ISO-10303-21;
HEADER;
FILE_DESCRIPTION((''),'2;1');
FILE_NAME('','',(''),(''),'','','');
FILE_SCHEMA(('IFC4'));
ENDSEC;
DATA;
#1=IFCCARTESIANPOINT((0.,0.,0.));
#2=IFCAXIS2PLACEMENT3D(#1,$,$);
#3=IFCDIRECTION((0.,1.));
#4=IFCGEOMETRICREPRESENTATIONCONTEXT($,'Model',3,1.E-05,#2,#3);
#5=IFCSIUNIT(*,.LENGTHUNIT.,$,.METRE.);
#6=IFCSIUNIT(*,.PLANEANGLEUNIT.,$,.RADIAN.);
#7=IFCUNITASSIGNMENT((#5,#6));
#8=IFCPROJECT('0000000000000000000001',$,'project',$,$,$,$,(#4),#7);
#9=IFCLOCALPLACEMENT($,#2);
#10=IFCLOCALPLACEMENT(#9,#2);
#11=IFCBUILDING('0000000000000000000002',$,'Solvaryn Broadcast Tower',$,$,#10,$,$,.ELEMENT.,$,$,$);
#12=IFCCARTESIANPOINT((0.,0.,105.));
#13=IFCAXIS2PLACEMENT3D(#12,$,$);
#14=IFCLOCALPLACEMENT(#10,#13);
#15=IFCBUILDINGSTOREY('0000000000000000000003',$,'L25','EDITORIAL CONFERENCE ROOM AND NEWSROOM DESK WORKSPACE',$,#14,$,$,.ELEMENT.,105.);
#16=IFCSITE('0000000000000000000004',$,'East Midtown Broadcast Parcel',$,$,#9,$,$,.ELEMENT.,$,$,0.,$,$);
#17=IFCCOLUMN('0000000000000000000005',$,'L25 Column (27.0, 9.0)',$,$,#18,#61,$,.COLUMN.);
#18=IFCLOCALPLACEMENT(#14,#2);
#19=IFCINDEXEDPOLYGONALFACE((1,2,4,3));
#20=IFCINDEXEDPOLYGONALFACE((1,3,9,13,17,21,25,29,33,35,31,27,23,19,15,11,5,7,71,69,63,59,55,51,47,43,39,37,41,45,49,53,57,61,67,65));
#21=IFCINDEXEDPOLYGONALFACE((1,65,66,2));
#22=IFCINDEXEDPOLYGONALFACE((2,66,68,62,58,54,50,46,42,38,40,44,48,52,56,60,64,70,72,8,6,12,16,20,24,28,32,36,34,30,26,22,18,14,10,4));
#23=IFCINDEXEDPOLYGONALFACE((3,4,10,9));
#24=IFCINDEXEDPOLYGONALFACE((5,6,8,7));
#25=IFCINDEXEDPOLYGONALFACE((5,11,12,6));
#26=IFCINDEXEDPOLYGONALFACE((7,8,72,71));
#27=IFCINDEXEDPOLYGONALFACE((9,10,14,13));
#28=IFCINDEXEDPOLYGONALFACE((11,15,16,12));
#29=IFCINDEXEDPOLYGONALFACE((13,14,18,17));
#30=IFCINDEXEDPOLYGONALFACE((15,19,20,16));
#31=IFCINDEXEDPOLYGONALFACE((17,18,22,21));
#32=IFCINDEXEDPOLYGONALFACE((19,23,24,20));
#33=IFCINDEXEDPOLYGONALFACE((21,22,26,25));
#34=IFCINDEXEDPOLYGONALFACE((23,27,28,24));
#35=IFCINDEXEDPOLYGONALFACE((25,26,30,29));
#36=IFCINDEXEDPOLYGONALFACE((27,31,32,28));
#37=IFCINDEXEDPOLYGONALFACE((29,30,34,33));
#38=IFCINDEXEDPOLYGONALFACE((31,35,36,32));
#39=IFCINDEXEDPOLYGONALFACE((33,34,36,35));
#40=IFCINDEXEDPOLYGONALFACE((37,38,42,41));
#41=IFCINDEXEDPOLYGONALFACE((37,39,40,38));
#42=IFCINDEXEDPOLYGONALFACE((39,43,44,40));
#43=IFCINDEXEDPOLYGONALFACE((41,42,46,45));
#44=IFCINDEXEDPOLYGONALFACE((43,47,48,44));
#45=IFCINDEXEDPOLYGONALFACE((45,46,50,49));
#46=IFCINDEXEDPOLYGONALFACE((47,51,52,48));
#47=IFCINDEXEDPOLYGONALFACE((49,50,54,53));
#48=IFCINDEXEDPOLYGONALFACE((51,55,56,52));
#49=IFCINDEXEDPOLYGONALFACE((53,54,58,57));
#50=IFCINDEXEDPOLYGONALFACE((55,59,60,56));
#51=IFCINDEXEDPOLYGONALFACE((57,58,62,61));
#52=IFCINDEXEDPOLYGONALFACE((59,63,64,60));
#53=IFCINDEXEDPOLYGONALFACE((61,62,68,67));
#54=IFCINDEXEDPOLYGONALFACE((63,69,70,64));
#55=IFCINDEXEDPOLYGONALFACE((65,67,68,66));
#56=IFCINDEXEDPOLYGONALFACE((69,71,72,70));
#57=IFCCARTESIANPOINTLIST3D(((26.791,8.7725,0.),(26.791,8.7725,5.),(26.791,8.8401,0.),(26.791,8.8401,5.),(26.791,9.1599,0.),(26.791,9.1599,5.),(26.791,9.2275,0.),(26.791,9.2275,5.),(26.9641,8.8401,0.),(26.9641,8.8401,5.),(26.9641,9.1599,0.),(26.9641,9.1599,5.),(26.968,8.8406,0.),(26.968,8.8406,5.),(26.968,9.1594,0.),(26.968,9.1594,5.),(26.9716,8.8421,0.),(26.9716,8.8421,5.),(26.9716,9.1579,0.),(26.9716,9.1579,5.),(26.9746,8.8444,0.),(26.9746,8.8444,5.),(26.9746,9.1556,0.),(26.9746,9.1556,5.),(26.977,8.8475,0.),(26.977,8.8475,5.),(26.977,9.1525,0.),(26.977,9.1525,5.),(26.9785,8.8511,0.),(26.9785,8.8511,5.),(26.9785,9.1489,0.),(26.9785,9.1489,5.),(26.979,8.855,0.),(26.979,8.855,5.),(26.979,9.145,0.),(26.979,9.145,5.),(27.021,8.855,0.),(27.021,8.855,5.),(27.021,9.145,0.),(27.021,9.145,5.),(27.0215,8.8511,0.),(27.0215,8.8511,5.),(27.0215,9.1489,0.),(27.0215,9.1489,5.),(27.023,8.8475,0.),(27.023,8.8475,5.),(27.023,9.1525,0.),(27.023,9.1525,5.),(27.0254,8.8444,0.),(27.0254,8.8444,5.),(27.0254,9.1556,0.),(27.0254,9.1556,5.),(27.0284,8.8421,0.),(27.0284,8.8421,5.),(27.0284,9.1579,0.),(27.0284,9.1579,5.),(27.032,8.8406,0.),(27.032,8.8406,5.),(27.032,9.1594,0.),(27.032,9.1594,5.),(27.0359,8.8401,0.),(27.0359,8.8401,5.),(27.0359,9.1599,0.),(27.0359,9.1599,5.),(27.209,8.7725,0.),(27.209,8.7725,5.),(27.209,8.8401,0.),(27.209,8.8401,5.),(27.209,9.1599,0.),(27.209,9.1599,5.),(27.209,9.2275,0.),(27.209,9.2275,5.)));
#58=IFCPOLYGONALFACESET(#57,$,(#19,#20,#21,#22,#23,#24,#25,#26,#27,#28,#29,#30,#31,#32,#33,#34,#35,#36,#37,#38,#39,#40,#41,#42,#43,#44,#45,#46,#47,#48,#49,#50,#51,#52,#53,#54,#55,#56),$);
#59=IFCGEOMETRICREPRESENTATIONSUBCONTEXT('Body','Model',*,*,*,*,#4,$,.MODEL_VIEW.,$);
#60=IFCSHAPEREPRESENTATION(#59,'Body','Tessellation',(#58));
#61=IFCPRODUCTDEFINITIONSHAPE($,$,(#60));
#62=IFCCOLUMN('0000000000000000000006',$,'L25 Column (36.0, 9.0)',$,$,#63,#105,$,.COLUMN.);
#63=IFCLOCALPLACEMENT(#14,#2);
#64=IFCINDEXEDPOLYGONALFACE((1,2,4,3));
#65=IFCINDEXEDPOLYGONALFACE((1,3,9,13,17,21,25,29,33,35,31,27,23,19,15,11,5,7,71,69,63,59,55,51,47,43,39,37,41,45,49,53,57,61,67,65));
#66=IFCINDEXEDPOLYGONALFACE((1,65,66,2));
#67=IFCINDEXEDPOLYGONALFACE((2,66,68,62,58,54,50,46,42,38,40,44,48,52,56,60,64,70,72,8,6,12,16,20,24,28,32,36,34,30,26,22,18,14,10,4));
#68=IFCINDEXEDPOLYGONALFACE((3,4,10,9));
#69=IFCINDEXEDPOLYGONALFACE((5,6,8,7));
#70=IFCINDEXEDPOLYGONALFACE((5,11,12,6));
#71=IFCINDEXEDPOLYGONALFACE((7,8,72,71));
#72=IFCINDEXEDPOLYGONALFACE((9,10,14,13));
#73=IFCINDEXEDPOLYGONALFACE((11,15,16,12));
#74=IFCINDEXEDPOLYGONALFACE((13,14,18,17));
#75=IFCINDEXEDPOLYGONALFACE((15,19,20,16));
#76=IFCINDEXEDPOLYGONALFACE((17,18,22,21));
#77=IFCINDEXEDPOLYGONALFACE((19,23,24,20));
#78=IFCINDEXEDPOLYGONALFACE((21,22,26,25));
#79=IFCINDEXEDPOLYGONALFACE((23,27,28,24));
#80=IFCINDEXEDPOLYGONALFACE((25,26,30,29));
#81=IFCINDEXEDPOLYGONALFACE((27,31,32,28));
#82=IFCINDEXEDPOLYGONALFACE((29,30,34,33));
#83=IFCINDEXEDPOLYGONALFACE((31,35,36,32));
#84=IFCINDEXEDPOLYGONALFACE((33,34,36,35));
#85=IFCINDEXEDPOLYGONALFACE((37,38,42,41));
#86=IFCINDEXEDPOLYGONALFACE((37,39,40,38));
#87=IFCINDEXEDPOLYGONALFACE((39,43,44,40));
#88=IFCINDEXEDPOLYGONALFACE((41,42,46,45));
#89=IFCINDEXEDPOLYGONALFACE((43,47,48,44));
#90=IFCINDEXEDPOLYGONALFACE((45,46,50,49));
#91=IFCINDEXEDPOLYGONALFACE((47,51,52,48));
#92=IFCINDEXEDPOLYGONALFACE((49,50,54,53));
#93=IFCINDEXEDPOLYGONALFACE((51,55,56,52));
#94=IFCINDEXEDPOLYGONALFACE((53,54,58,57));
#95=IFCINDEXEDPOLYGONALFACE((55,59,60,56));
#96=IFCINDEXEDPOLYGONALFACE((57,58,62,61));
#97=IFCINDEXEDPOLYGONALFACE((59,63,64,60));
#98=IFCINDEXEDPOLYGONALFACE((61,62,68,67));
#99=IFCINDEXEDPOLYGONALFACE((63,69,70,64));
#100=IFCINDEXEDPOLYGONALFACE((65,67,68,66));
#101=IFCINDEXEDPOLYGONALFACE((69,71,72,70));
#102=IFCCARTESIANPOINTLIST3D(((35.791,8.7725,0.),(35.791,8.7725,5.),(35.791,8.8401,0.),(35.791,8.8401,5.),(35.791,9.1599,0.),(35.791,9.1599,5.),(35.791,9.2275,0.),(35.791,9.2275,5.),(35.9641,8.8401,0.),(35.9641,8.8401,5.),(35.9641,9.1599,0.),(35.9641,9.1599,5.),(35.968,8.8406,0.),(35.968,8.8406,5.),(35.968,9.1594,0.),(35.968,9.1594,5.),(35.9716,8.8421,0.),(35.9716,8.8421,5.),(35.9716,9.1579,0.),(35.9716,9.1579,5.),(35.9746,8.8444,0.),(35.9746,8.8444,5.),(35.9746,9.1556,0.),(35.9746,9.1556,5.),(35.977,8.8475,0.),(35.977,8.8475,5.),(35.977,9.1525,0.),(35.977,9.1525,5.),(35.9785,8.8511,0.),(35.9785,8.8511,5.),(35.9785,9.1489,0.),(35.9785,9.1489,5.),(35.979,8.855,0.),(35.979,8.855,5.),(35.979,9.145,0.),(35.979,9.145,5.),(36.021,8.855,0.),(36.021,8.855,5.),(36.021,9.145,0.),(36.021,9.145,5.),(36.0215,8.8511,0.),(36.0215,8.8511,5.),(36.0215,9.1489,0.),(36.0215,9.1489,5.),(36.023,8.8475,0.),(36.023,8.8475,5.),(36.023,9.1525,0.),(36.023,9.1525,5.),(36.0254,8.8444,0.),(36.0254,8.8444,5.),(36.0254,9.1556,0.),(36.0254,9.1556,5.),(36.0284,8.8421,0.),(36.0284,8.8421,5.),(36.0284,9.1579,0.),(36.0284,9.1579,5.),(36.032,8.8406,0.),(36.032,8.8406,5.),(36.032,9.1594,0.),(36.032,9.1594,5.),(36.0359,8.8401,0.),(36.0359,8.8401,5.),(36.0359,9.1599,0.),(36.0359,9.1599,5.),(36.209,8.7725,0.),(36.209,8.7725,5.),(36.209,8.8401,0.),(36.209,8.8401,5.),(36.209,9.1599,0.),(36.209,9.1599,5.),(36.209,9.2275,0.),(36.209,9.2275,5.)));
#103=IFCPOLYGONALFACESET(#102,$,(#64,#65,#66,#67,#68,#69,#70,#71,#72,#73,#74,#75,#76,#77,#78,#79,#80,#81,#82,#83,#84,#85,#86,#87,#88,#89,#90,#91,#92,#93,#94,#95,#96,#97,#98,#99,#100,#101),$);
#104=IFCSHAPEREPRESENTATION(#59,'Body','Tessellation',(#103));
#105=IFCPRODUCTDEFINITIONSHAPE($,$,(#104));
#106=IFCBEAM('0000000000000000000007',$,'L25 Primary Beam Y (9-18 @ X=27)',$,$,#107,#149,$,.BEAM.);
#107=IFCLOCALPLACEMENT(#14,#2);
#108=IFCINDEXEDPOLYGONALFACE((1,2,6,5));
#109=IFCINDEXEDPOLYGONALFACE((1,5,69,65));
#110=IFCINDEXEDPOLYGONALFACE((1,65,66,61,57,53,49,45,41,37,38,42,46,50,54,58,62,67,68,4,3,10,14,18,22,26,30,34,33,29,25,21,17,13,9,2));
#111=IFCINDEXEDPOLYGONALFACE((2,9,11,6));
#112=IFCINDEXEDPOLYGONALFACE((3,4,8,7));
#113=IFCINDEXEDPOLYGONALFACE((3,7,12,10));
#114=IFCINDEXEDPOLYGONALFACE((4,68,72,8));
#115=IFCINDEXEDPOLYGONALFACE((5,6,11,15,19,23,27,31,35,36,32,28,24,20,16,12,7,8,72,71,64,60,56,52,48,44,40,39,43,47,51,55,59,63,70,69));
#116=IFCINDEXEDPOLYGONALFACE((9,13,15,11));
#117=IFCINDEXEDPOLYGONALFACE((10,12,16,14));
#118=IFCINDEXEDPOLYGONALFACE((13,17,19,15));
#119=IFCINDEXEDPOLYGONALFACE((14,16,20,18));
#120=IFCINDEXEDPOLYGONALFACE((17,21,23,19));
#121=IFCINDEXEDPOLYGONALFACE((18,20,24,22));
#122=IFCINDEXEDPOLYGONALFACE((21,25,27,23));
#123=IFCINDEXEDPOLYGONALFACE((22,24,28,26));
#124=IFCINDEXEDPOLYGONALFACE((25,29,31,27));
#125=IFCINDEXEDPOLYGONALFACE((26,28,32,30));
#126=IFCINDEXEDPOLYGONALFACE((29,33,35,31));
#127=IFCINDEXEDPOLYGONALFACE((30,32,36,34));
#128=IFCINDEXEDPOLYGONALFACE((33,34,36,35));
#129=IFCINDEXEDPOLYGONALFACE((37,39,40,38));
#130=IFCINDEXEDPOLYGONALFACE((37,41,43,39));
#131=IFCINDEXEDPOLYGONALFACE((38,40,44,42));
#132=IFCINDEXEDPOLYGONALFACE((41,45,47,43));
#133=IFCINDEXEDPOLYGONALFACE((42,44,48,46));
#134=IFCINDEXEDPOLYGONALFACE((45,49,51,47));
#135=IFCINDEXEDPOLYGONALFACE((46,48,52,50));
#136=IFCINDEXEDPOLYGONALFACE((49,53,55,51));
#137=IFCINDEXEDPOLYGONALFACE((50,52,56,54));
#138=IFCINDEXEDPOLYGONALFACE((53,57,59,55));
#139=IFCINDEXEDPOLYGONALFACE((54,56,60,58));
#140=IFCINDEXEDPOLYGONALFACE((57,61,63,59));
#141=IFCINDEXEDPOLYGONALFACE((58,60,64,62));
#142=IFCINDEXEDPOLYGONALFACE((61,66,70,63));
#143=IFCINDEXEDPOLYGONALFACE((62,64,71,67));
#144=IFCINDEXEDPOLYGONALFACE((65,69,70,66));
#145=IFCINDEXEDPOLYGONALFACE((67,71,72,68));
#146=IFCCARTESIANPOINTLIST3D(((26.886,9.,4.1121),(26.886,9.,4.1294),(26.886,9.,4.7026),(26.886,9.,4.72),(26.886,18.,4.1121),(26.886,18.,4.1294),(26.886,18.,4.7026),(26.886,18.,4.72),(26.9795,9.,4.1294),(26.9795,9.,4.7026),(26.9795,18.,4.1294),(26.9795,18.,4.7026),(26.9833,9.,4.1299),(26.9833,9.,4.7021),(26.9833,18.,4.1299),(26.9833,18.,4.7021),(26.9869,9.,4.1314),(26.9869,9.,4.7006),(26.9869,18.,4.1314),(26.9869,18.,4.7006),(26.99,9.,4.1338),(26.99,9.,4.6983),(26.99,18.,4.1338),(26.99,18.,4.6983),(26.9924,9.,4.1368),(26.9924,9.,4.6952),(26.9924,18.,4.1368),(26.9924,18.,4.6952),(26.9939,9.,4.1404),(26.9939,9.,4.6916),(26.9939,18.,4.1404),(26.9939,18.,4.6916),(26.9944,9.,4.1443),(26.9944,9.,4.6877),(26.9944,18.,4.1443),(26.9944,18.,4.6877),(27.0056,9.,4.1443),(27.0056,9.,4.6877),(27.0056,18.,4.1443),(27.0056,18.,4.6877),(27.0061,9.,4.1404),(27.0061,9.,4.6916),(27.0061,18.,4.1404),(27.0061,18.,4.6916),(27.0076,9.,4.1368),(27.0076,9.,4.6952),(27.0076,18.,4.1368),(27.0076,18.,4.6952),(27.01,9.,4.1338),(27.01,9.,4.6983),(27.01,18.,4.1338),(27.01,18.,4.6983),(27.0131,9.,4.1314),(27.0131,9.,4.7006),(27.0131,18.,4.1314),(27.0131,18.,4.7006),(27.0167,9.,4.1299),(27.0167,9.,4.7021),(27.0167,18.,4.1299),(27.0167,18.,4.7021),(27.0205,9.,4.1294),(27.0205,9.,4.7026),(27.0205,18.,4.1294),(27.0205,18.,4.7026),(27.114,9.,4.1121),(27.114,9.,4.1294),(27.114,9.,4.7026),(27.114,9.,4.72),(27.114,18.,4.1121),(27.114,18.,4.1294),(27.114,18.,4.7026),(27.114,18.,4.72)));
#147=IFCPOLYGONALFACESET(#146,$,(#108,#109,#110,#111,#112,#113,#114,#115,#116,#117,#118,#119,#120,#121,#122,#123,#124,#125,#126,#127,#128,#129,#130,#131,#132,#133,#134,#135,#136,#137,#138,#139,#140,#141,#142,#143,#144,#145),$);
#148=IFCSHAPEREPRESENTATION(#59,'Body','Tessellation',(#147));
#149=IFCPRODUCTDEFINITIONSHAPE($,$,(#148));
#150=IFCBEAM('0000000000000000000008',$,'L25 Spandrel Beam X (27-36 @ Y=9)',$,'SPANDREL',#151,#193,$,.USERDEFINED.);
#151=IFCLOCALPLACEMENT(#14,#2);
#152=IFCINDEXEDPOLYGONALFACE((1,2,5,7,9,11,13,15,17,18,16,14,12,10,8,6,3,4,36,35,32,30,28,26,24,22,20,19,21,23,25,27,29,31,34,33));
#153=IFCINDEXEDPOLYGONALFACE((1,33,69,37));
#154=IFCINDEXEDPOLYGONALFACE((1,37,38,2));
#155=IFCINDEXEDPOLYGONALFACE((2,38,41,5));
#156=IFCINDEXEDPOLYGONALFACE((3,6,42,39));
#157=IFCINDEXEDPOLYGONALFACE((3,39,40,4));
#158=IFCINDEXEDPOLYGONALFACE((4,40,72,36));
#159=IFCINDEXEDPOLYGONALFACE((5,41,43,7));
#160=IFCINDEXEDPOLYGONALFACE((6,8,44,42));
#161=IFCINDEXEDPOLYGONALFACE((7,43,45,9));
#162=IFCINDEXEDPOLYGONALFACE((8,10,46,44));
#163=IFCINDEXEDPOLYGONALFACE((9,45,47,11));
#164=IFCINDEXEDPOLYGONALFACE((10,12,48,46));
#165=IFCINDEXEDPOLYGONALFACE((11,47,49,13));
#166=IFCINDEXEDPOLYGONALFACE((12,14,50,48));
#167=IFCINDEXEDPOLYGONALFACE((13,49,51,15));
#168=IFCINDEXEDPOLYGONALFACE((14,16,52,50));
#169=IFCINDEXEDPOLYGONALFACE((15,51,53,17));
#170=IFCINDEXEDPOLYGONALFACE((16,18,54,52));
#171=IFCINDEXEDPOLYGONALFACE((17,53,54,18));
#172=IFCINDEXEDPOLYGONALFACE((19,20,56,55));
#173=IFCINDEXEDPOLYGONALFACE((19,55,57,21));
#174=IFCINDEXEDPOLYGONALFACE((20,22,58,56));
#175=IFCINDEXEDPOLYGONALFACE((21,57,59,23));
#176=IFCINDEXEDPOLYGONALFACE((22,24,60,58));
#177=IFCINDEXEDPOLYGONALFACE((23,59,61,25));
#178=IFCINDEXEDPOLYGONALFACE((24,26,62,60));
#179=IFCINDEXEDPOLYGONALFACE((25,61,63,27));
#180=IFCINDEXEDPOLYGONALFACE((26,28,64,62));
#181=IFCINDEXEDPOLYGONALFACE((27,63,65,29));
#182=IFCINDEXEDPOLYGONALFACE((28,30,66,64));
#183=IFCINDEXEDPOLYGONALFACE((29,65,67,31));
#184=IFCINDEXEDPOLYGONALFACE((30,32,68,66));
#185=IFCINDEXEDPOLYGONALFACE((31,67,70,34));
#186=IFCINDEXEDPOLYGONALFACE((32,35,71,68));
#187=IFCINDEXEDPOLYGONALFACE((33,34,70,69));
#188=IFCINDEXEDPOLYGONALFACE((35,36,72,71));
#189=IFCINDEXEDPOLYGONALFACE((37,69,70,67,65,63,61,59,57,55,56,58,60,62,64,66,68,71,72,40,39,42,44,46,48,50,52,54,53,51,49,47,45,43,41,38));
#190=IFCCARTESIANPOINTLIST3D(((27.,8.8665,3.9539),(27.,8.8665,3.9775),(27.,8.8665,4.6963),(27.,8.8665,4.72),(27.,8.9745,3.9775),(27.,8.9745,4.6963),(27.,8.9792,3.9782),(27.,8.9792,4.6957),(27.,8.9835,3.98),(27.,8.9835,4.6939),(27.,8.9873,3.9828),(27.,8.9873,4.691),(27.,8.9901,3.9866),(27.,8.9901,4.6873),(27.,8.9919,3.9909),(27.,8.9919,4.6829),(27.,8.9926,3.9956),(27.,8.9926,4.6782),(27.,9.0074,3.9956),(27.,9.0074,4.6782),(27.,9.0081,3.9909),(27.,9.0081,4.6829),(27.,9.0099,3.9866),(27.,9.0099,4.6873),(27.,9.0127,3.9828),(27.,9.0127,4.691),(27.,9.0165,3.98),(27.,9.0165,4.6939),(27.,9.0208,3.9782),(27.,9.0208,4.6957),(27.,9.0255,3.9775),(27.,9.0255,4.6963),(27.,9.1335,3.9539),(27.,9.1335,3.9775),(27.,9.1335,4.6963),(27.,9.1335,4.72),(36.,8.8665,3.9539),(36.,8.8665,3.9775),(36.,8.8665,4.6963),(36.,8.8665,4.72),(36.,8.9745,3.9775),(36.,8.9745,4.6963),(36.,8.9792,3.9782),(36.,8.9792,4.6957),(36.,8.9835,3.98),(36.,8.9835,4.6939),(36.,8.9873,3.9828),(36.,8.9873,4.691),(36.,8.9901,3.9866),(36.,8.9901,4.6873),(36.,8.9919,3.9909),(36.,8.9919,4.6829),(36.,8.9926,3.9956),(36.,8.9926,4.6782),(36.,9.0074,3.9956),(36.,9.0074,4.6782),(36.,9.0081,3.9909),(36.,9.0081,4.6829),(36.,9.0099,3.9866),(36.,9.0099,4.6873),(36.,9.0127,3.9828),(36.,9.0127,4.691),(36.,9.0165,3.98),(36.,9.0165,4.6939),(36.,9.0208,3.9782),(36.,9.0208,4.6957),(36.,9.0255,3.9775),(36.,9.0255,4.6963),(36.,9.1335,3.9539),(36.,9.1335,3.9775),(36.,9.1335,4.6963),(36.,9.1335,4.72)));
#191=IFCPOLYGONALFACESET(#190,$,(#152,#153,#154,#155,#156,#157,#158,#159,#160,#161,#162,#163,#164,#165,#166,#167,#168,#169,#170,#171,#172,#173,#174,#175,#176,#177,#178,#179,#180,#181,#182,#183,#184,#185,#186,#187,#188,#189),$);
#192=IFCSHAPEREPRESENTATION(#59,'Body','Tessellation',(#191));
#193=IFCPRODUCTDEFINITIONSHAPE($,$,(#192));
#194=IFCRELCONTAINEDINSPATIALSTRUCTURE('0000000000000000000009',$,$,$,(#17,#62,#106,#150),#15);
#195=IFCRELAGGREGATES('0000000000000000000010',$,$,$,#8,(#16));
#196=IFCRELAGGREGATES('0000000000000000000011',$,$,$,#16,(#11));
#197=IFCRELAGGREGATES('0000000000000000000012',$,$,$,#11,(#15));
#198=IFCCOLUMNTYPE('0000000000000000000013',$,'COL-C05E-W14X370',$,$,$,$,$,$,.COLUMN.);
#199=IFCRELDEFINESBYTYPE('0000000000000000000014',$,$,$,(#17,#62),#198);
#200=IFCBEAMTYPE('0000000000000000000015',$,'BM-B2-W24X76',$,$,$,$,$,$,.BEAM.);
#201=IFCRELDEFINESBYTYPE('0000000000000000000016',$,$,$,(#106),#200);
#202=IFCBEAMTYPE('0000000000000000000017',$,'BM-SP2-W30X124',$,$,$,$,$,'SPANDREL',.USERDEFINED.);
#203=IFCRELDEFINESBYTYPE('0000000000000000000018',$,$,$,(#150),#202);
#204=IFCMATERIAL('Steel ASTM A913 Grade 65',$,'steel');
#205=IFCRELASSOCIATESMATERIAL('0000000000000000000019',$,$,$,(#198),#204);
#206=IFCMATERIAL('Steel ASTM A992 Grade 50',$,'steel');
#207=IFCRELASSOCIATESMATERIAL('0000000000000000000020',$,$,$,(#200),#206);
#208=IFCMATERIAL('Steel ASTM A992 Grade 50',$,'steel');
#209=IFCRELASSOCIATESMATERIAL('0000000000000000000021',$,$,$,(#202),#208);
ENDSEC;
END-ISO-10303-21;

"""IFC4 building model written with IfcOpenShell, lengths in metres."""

from ifc_helpers import new_model, si_unit, direction, frame, origin, origin_2d, place, context, subcontext, project, spatial, i_section, extrude, material, material_profile, profile_set, type_object, element, save


model = new_model("IFC4")

# Units and contexts
model_context = context("Model", 3, precision=1e-05, world=origin(), true_north=direction((0.0, 1.0)))
body_context = subcontext(model_context, "Body", "Model", "MODEL_VIEW")
ifc_project = project(units=[si_unit("LENGTHUNIT", "METRE"), si_unit("PLANEANGLEUNIT", "RADIAN")], contexts=[model_context])

# Site, building, storey
site_placement = place(None, origin())
site = spatial("IfcSite", under=ifc_project, at=site_placement, Name="East Midtown Broadcast Parcel", CompositionType="ELEMENT", RefElevation=0.0)
building_placement = place(site_placement, origin())
building = spatial("IfcBuilding", under=site, at=building_placement, Name="Solvaryn Broadcast Tower", CompositionType="ELEMENT")
storey_placement = place(building_placement, frame((0.0, 0.0, 105.0)))
storey = spatial("IfcBuildingStorey", under=building, at=storey_placement, Name="L25", Description="EDITORIAL CONFERENCE ROOM AND NEWSROOM DESK WORKSPACE", CompositionType="ELEMENT", Elevation=105.0)

# Columns
ifc_material_1 = material(Name="Steel ASTM A913 Grade 65", Category="steel")
ifc_material_profile_1 = material_profile(ifc_material_1, i_section(OverallWidth=0.418, OverallDepth=0.4551, WebThickness=0.042, FlangeThickness=0.0676, FilletRadius=0.0149, at=origin_2d()))
ifc_profile_set_1 = profile_set([ifc_material_profile_1], Name="Steel ASTM A913 Grade 65")
column_type = type_object("IfcColumnType", Name="COL-C05E-W14X370", PredefinedType="COLUMN", material=ifc_profile_set_1)
for number, where, z_axis, x_axis, name in (
    (1, (27.0, 9.0, 0.0), (0.0, 0.0, 1.0), (1.0, 0.0, 0.0), "L25 Column (27.0, 9.0)"),
    (2, (36.0, 9.0, 0.0), (0.0, 0.0, 1.0), (1.0, 0.0, 0.0), "L25 Column (36.0, 9.0)"),
):
    element("IfcColumn", number, at=place(storey_placement, frame(where, z_axis=z_axis, x_axis=x_axis)), inside=storey, type_object=column_type, Name=name, PredefinedType="COLUMN", context=body_context, shape_type="SweptSolid", body=[
        extrude(i_section(OverallWidth=0.418, OverallDepth=0.4551, WebThickness=0.042, FlangeThickness=0.0676, FilletRadius=0.0149, at=origin_2d()), origin(), (0.0, 0.0, 1.0), 5.0),
    ])

# Beams
ifc_material_2 = material(Name="Steel ASTM A992 Grade 50", Category="steel")
ifc_material_profile_2 = material_profile(ifc_material_2, i_section(OverallWidth=0.228, OverallDepth=0.6079, WebThickness=0.0112, FlangeThickness=0.0173, FilletRadius=0.0149, at=origin_2d()))
ifc_profile_set_2 = profile_set([ifc_material_profile_2], Name="Steel ASTM A992 Grade 50")
beam_type_1 = type_object("IfcBeamType", Name="BM-B2-W24X76", PredefinedType="BEAM", material=ifc_profile_set_2)
beam_placement = place(storey_placement, frame((27.0, 9.0, 4.416), z_axis=(0.0, 1.0, 0.0), x_axis=(-1.0, 0.0, 0.0)))
element("IfcBeam", 3, at=beam_placement, inside=storey, type_object=beam_type_1, Name="L25 Primary Beam Y (9-18 @ X=27)", PredefinedType="BEAM", context=body_context, shape_type="SweptSolid", body=[
    extrude(i_section(OverallWidth=0.228, OverallDepth=0.6079, WebThickness=0.0112, FlangeThickness=0.0173, FilletRadius=0.0149, at=origin_2d()), origin(), (0.0, 0.0, 1.0), 9.0),
])
ifc_material_3 = material(Name="Steel ASTM A992 Grade 50", Category="steel")
ifc_material_profile_3 = material_profile(ifc_material_3, i_section(OverallWidth=0.2671, OverallDepth=0.7661, WebThickness=0.0149, FlangeThickness=0.0237, FilletRadius=0.0181, at=origin_2d()))
ifc_profile_set_3 = profile_set([ifc_material_profile_3], Name="Steel ASTM A992 Grade 50")
beam_type_2 = type_object("IfcBeamType", Name="BM-SP2-W30X124", ElementType="SPANDREL", PredefinedType="USERDEFINED", material=ifc_profile_set_3)
for number, where, z_axis, x_axis, name in (
    (4, (27.0, 9.0, 4.3369), (1.0, 0.0, 0.0), (0.0, 1.0, 0.0), "L25 Spandrel Beam X (27-36 @ Y=9)"),
):
    element("IfcBeam", number, at=place(storey_placement, frame(where, z_axis=z_axis, x_axis=x_axis)), inside=storey, type_object=beam_type_2, Name=name, ObjectType="SPANDREL", PredefinedType="USERDEFINED", context=body_context, shape_type="SweptSolid", body=[
        extrude(i_section(OverallWidth=0.2671, OverallDepth=0.7661, WebThickness=0.0149, FlangeThickness=0.0237, FilletRadius=0.0181, at=origin_2d()), origin(), (0.0, 0.0, 1.0), 9.0),
    ])

save(model, "model.ifc")
